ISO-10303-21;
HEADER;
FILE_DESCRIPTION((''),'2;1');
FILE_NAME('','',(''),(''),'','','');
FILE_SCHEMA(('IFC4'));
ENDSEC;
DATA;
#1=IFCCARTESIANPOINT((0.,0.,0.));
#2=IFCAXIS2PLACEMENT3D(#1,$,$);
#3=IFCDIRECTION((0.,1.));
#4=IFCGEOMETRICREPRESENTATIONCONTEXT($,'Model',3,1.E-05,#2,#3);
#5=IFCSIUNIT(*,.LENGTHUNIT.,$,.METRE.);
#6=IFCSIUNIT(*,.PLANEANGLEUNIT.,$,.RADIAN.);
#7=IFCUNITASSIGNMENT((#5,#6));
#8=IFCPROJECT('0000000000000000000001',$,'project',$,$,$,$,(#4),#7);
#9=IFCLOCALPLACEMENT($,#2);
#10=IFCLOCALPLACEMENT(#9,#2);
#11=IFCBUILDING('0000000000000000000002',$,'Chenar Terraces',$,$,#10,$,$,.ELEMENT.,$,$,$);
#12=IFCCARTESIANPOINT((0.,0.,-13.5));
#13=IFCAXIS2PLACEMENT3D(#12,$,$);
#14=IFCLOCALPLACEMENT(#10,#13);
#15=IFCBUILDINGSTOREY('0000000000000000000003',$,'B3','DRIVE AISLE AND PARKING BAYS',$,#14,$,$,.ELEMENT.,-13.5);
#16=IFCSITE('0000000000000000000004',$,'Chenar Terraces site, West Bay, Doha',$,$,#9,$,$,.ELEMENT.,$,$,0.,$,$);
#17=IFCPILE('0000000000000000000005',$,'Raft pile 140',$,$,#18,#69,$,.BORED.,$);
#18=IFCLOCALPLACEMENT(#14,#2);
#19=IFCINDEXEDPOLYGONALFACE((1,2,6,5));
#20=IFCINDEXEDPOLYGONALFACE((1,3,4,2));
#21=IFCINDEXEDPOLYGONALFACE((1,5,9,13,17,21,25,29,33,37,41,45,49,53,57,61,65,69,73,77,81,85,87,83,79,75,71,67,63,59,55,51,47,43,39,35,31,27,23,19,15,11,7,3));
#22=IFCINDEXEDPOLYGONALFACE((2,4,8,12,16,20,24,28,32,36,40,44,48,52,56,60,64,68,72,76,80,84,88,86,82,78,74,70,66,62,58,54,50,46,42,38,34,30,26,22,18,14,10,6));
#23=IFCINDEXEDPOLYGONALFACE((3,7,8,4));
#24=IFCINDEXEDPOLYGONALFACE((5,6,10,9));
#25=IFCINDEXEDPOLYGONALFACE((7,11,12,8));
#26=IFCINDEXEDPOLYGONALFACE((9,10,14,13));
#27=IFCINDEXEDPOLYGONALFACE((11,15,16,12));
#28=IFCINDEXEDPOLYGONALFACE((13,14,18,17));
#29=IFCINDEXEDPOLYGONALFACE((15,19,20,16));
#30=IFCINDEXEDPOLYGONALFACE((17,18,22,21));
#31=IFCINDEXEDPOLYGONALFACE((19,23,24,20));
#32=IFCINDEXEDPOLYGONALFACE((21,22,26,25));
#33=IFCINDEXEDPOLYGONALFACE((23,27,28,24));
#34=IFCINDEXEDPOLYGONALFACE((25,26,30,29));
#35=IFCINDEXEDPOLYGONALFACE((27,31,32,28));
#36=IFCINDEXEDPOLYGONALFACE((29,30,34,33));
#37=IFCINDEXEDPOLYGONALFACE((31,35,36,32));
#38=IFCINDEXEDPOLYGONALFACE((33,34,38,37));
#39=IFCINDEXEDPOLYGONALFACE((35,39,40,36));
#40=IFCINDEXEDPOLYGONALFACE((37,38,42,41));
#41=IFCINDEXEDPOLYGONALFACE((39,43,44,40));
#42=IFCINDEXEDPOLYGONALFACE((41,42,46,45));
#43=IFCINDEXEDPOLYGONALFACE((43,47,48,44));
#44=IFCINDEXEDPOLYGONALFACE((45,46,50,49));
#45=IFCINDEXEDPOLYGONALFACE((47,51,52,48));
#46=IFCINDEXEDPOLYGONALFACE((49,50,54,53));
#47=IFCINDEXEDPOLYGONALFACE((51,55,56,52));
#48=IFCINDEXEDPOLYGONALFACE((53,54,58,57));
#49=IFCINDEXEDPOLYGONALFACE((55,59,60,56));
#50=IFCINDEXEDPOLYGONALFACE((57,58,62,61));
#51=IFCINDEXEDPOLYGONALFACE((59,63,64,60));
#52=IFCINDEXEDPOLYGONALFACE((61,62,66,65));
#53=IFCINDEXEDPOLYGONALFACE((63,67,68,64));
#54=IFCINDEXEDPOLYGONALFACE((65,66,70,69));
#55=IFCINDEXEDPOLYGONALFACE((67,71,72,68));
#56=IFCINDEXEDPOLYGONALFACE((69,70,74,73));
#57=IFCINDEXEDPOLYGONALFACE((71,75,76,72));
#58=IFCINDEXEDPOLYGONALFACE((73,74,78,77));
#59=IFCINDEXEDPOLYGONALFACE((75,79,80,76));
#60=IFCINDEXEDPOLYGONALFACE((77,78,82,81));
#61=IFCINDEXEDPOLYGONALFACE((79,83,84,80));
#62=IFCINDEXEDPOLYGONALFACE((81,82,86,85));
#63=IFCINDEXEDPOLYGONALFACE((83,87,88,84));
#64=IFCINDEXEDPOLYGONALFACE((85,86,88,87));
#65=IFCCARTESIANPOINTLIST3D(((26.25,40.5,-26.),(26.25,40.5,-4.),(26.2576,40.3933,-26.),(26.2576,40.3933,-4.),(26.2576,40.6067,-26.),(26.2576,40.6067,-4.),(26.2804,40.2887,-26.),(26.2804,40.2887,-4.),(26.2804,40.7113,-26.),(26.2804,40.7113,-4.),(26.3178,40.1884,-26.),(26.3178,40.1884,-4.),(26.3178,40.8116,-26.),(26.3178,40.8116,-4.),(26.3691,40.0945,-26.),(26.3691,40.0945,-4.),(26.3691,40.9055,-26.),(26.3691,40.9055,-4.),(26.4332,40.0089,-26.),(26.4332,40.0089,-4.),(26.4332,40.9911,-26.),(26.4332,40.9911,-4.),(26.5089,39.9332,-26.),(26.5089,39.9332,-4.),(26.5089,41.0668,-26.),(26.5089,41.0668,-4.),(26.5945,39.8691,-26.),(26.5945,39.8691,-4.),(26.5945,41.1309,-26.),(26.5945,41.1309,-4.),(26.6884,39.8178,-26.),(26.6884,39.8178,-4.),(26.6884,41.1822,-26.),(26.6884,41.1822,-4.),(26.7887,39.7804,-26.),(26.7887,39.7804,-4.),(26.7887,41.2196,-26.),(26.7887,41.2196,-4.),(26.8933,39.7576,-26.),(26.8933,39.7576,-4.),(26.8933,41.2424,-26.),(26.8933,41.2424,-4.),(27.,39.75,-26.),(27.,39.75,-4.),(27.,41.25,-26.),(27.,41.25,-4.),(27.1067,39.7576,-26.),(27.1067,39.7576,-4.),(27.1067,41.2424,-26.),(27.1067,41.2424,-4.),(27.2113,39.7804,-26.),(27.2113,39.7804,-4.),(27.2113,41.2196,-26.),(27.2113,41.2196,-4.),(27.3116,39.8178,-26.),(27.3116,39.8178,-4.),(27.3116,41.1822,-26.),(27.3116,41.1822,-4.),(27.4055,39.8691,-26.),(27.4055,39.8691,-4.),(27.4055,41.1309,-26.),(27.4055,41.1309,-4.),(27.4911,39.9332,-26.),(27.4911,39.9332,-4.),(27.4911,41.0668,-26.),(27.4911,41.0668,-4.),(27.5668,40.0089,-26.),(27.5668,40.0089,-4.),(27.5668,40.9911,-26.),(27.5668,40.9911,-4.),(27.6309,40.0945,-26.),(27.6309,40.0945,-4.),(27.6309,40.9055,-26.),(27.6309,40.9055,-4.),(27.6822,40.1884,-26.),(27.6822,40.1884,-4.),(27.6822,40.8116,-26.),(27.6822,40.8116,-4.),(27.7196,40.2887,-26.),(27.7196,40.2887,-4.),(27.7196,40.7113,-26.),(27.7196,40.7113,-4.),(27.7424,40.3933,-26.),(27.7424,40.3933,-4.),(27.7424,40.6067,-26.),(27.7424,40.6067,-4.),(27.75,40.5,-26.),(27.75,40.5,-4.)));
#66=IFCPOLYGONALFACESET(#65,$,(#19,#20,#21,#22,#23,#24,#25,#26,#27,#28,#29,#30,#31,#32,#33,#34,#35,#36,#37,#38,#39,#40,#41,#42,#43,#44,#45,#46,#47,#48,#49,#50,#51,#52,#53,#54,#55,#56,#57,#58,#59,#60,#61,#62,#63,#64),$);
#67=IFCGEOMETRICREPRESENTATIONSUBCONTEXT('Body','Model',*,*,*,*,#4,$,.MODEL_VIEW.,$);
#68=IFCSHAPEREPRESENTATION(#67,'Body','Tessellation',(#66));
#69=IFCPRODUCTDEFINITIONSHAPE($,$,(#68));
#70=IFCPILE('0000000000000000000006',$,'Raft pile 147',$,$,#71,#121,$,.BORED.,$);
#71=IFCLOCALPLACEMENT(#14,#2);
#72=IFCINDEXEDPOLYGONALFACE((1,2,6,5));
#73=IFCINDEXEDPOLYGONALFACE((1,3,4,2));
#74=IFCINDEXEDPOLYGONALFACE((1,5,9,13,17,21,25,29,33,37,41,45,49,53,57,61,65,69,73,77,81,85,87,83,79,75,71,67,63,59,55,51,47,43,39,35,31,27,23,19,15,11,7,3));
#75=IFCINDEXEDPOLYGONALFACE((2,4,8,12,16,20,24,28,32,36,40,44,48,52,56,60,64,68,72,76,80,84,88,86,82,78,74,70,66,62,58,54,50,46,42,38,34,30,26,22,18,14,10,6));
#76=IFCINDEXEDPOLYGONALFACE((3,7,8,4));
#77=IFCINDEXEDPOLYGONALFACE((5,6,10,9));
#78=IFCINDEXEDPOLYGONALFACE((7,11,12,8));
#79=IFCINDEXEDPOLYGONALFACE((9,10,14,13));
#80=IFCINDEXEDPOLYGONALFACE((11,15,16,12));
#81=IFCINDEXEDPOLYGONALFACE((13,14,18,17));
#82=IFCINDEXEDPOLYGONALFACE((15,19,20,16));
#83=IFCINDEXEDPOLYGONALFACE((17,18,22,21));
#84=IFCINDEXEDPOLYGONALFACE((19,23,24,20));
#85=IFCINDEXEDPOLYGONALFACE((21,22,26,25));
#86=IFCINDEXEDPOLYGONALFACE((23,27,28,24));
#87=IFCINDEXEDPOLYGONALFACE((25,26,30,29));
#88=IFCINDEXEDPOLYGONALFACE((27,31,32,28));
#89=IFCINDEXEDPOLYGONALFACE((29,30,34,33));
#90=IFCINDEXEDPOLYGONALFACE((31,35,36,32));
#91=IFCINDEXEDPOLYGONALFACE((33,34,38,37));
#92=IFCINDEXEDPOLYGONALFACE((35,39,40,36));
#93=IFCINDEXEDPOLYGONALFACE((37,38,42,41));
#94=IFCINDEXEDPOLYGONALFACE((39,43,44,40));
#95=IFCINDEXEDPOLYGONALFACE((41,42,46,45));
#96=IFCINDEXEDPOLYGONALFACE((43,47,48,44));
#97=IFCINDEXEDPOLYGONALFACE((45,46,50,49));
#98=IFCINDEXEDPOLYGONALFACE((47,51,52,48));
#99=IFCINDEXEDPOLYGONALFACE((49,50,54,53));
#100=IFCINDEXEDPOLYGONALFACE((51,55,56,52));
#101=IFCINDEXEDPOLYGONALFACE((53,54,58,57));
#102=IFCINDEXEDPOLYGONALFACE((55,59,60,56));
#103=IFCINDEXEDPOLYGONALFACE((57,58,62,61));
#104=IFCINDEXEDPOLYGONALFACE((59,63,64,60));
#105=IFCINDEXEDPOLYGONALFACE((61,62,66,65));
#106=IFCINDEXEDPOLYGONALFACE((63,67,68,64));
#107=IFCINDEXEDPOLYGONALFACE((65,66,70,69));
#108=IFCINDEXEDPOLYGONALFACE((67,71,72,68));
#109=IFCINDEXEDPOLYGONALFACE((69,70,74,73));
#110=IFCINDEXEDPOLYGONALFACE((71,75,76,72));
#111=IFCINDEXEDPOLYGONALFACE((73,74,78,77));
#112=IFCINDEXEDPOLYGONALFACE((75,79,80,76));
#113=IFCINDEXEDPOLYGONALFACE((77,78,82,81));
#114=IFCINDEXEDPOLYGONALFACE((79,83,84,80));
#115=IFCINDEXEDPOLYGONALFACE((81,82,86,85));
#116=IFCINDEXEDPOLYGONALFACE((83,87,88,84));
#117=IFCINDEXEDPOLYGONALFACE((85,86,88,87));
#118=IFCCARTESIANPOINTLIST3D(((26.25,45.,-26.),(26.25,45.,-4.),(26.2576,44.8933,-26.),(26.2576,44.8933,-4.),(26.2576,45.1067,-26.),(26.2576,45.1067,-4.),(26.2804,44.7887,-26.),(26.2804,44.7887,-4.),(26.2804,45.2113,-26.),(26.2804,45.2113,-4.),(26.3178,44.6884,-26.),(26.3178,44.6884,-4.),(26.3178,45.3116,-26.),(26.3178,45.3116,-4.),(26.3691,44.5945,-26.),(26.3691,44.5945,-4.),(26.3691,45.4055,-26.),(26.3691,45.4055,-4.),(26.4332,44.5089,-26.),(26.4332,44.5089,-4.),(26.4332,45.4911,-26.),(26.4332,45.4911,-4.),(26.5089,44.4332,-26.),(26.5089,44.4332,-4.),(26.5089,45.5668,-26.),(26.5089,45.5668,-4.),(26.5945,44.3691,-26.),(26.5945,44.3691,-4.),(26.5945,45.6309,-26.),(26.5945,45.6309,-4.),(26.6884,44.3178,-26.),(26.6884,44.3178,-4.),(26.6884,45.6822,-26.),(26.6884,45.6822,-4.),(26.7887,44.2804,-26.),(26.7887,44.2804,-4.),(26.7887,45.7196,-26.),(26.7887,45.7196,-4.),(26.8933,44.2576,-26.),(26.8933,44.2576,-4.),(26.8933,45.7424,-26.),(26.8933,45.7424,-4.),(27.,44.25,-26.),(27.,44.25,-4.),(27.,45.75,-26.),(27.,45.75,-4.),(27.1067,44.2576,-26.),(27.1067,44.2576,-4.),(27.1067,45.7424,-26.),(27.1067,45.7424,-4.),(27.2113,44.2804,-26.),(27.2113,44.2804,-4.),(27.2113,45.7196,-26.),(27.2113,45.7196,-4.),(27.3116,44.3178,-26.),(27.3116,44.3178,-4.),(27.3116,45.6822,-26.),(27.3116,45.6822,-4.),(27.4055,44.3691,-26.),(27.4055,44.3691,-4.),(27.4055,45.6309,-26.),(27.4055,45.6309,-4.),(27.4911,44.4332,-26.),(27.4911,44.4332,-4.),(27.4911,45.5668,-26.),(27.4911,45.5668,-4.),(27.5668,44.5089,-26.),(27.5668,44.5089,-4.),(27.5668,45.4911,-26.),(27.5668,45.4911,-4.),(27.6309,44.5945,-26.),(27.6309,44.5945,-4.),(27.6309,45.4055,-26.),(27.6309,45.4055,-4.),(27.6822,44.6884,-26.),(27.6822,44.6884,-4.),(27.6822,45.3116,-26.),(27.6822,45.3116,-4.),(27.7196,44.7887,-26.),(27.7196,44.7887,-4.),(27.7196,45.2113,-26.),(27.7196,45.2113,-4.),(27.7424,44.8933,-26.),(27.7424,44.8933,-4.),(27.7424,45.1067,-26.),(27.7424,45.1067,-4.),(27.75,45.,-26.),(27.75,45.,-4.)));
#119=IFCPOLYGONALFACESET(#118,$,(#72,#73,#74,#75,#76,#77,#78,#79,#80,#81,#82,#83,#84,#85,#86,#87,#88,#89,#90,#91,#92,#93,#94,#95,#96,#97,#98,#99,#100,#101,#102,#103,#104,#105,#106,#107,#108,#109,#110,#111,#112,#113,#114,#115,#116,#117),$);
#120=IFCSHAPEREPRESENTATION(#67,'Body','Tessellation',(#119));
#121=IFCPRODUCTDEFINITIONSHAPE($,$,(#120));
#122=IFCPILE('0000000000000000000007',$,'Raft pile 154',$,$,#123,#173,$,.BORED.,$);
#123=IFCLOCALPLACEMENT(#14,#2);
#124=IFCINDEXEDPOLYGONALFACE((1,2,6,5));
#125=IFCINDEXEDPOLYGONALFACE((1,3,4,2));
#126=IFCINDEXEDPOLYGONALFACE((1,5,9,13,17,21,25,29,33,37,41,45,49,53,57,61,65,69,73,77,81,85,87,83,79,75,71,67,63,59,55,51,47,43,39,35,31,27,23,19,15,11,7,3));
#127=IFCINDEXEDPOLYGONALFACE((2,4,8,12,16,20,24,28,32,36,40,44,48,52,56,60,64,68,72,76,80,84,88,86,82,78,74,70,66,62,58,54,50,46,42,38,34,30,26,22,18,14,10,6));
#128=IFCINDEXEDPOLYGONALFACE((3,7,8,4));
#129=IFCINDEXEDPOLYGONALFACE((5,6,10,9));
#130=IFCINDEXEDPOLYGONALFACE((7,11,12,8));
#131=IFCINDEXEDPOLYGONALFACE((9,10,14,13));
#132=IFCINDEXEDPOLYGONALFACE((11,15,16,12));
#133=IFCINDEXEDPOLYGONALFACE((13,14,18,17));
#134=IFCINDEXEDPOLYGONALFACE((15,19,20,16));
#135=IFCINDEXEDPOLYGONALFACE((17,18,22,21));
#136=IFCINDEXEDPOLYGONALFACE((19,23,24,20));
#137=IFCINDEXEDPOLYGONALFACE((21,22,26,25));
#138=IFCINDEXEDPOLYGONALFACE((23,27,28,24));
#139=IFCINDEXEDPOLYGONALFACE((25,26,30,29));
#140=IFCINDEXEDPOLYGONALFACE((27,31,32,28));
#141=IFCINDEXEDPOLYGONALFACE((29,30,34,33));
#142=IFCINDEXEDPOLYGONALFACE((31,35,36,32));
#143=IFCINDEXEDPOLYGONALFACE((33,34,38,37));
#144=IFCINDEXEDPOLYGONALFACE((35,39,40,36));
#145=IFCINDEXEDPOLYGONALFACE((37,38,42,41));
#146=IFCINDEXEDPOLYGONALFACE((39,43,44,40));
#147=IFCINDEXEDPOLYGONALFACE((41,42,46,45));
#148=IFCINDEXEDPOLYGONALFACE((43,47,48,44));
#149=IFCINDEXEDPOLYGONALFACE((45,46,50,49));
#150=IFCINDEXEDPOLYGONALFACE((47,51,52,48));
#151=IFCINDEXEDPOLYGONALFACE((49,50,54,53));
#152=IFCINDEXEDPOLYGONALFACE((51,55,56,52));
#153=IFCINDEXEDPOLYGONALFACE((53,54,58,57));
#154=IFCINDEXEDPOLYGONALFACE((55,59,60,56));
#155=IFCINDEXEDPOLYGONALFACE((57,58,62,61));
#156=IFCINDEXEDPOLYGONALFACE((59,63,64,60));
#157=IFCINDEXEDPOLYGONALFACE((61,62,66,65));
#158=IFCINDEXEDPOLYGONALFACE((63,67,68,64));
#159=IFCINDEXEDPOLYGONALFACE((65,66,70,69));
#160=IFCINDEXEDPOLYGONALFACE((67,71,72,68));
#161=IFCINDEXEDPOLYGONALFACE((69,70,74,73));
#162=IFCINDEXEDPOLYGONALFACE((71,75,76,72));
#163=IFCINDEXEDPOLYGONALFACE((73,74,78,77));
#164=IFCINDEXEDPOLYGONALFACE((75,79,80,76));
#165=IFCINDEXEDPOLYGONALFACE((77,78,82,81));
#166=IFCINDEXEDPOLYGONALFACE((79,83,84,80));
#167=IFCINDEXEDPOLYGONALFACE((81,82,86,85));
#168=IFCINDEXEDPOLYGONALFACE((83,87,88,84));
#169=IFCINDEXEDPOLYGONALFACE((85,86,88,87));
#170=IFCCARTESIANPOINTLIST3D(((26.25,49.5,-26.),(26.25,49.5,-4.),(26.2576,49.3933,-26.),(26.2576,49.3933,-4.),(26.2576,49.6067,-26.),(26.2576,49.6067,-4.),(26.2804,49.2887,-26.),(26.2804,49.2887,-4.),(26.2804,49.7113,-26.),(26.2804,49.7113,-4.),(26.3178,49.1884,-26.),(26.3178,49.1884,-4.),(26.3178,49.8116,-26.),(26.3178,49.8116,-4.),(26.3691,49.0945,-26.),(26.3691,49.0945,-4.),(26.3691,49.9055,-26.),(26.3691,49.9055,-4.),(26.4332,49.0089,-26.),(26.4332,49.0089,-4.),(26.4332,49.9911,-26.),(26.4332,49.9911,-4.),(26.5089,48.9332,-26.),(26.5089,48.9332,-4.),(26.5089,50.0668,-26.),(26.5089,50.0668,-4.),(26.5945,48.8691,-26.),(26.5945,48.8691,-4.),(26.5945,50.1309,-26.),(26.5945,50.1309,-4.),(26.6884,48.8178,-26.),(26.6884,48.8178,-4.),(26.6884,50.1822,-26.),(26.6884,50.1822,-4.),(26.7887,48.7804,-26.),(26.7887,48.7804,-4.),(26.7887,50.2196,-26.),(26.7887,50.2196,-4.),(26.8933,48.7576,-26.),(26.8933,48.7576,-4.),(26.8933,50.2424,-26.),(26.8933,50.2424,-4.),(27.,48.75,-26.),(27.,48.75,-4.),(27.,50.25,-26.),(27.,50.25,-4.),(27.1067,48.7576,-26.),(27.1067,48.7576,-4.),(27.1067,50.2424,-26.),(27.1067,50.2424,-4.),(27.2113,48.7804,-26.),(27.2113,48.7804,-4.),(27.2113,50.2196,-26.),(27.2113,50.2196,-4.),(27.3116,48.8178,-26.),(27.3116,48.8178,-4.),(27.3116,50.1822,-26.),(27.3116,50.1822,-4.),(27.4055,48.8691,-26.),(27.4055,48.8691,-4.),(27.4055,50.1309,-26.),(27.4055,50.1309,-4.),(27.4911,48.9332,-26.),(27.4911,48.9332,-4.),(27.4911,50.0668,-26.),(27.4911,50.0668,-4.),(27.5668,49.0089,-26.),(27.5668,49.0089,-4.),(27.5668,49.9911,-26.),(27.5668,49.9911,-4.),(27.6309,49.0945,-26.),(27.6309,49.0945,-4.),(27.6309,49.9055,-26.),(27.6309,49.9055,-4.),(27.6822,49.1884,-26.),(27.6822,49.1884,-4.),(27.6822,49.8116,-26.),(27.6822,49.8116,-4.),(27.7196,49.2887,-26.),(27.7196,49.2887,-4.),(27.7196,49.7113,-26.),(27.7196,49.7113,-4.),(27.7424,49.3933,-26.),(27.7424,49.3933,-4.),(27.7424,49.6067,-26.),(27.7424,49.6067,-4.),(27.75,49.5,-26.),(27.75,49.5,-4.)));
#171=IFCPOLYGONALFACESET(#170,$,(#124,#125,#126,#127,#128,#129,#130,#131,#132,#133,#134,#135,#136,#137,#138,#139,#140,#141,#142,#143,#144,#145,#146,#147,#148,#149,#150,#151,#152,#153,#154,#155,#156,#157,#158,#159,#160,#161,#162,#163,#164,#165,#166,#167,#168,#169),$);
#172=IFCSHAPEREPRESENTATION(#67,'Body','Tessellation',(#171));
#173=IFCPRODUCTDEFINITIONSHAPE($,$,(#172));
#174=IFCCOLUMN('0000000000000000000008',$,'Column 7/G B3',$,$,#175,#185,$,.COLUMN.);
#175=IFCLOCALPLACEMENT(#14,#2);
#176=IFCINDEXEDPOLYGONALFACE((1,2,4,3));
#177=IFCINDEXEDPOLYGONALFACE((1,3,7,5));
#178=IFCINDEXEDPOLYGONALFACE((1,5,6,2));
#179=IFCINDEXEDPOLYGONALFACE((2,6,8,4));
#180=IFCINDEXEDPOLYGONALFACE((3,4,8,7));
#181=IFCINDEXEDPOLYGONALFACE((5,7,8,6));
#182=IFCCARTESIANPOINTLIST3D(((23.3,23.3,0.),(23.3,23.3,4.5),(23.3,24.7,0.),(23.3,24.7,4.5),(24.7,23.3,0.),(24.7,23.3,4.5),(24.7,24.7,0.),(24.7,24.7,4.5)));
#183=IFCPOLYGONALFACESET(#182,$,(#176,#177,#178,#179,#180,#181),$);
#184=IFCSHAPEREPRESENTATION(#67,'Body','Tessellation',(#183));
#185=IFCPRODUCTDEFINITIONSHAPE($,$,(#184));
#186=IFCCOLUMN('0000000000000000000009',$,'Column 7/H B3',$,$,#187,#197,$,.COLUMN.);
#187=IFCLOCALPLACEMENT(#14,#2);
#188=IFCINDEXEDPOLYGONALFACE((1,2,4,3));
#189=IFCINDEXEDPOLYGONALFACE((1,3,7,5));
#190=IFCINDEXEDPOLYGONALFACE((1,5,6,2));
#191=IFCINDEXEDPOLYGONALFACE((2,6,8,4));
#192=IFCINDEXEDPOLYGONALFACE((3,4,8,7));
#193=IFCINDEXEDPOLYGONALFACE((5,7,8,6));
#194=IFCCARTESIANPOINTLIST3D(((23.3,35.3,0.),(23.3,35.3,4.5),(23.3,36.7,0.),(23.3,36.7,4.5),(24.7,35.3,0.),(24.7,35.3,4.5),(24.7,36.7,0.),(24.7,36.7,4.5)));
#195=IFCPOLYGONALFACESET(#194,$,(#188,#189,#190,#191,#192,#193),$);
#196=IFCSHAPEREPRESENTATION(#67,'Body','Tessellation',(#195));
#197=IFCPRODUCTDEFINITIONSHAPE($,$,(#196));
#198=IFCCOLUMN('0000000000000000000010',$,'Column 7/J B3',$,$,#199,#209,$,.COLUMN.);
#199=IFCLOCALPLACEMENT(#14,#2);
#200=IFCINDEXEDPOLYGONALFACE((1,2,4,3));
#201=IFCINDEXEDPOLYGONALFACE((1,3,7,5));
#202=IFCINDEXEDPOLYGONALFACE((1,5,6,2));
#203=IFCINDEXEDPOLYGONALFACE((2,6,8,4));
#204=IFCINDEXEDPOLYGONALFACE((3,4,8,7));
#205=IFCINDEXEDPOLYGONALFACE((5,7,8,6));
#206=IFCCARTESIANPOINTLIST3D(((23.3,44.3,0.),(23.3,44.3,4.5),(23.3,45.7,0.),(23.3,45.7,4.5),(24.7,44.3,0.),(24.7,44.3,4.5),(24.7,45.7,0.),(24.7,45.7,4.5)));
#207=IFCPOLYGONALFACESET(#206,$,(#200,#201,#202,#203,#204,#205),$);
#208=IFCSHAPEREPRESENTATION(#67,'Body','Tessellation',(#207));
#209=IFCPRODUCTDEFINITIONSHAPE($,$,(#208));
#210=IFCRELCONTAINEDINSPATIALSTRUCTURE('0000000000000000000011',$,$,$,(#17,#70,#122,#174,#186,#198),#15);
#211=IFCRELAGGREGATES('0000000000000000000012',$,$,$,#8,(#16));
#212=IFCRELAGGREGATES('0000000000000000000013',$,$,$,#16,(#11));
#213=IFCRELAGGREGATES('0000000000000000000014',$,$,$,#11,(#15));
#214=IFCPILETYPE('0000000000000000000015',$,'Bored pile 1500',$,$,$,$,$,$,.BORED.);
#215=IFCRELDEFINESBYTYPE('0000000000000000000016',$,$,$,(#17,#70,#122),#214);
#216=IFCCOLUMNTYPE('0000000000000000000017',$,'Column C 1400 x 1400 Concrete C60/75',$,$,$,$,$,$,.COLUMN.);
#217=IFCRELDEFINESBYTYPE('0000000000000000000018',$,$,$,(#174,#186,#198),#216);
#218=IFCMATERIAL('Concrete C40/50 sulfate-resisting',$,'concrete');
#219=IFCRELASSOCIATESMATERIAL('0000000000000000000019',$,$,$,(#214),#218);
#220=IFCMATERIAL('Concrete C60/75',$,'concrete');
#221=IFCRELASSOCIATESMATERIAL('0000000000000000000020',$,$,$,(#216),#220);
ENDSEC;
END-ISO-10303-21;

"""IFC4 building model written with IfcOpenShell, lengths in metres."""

from ifc_helpers import new_model, si_unit, direction, frame, origin, origin_2d, place, context, subcontext, project, spatial, rectangle, circle, extrude, material, material_profile, profile_set, type_object, element, save


model = new_model("IFC4")

# Units and contexts
model_context = context("Model", 3, precision=1e-05, world=origin(), true_north=direction((0.0, 1.0)))
body_context = subcontext(model_context, "Body", "Model", "MODEL_VIEW")
ifc_project = project(units=[si_unit("LENGTHUNIT", "METRE"), si_unit("PLANEANGLEUNIT", "RADIAN")], contexts=[model_context])

# Site, building, storey
site_placement = place(None, origin())
site = spatial("IfcSite", under=ifc_project, at=site_placement, Name="Chenar Terraces site, West Bay, Doha", CompositionType="ELEMENT", RefElevation=0.0)
building_placement = place(site_placement, origin())
building = spatial("IfcBuilding", under=site, at=building_placement, Name="Chenar Terraces", CompositionType="ELEMENT")
storey_placement = place(building_placement, frame((0.0, 0.0, -13.5)))
storey = spatial("IfcBuildingStorey", under=building, at=storey_placement, Name="B3", Description="DRIVE AISLE AND PARKING BAYS", CompositionType="ELEMENT", Elevation=-13.5)

# Piles
ifc_material_1 = material(Name="Concrete C40/50 sulfate-resisting", Category="concrete")
ifc_material_profile_1 = material_profile(ifc_material_1, circle(Radius=0.75, at=origin_2d()), Name="BP 1500")
ifc_profile_set_1 = profile_set([ifc_material_profile_1], Name="Concrete C40/50 sulfate-resisting")
pile_type_1 = type_object("IfcPileType", Name="Bored pile 1500", PredefinedType="BORED", material=ifc_profile_set_1)
for number, where, z_axis, x_axis, name in (
    (1, (27.0, 40.5, -4.0), (0.0, 0.0, -1.0), (1.0, 0.0, 0.0), "Raft pile 140"),
    (2, (27.0, 45.0, -4.0), (0.0, 0.0, -1.0), (1.0, 0.0, 0.0), "Raft pile 147"),
    (3, (27.0, 49.5, -4.0), (0.0, 0.0, -1.0), (1.0, 0.0, 0.0), "Raft pile 154"),
):
    element("IfcPile", number, at=place(storey_placement, frame(where, z_axis=z_axis, x_axis=x_axis)), inside=storey, type_object=pile_type_1, Name=name, PredefinedType="BORED", context=body_context, shape_type="SweptSolid", body=[
        extrude(circle(Radius=0.75, at=origin_2d()), origin(), (0.0, 0.0, 1.0), 22.0),
    ])

# Columns
ifc_material_2 = material(Name="Concrete C60/75", Category="concrete")
ifc_material_profile_2 = material_profile(ifc_material_2, rectangle(XDim=1.3999, YDim=1.3999, at=origin_2d()), Name="C 1400 x 1400")
ifc_profile_set_2 = profile_set([ifc_material_profile_2], Name="Concrete C60/75")
column_type = type_object("IfcColumnType", Name="Column C 1400 x 1400 Concrete C60/75", PredefinedType="COLUMN", material=ifc_profile_set_2)
for number, where, z_axis, x_axis, name in (
    (4, (24.0, 24.0, 0.0), (0.0, 0.0, 1.0), (1.0, 0.0, 0.0), "Column 7/G B3"),
    (5, (24.0, 36.0, 0.0), (0.0, 0.0, 1.0), (1.0, 0.0, 0.0), "Column 7/H B3"),
    (6, (24.0, 45.0, 0.0), (0.0, 0.0, 1.0), (1.0, 0.0, 0.0), "Column 7/J B3"),
):
    element("IfcColumn", number, at=place(storey_placement, frame(where, z_axis=z_axis, x_axis=x_axis)), inside=storey, type_object=column_type, Name=name, PredefinedType="COLUMN", context=body_context, shape_type="SweptSolid", body=[
        extrude(rectangle(XDim=1.3999, YDim=1.3999, at=origin_2d()), origin(), (0.0, 0.0, 1.0), 4.5),
    ])

save(model, "model.ifc")
